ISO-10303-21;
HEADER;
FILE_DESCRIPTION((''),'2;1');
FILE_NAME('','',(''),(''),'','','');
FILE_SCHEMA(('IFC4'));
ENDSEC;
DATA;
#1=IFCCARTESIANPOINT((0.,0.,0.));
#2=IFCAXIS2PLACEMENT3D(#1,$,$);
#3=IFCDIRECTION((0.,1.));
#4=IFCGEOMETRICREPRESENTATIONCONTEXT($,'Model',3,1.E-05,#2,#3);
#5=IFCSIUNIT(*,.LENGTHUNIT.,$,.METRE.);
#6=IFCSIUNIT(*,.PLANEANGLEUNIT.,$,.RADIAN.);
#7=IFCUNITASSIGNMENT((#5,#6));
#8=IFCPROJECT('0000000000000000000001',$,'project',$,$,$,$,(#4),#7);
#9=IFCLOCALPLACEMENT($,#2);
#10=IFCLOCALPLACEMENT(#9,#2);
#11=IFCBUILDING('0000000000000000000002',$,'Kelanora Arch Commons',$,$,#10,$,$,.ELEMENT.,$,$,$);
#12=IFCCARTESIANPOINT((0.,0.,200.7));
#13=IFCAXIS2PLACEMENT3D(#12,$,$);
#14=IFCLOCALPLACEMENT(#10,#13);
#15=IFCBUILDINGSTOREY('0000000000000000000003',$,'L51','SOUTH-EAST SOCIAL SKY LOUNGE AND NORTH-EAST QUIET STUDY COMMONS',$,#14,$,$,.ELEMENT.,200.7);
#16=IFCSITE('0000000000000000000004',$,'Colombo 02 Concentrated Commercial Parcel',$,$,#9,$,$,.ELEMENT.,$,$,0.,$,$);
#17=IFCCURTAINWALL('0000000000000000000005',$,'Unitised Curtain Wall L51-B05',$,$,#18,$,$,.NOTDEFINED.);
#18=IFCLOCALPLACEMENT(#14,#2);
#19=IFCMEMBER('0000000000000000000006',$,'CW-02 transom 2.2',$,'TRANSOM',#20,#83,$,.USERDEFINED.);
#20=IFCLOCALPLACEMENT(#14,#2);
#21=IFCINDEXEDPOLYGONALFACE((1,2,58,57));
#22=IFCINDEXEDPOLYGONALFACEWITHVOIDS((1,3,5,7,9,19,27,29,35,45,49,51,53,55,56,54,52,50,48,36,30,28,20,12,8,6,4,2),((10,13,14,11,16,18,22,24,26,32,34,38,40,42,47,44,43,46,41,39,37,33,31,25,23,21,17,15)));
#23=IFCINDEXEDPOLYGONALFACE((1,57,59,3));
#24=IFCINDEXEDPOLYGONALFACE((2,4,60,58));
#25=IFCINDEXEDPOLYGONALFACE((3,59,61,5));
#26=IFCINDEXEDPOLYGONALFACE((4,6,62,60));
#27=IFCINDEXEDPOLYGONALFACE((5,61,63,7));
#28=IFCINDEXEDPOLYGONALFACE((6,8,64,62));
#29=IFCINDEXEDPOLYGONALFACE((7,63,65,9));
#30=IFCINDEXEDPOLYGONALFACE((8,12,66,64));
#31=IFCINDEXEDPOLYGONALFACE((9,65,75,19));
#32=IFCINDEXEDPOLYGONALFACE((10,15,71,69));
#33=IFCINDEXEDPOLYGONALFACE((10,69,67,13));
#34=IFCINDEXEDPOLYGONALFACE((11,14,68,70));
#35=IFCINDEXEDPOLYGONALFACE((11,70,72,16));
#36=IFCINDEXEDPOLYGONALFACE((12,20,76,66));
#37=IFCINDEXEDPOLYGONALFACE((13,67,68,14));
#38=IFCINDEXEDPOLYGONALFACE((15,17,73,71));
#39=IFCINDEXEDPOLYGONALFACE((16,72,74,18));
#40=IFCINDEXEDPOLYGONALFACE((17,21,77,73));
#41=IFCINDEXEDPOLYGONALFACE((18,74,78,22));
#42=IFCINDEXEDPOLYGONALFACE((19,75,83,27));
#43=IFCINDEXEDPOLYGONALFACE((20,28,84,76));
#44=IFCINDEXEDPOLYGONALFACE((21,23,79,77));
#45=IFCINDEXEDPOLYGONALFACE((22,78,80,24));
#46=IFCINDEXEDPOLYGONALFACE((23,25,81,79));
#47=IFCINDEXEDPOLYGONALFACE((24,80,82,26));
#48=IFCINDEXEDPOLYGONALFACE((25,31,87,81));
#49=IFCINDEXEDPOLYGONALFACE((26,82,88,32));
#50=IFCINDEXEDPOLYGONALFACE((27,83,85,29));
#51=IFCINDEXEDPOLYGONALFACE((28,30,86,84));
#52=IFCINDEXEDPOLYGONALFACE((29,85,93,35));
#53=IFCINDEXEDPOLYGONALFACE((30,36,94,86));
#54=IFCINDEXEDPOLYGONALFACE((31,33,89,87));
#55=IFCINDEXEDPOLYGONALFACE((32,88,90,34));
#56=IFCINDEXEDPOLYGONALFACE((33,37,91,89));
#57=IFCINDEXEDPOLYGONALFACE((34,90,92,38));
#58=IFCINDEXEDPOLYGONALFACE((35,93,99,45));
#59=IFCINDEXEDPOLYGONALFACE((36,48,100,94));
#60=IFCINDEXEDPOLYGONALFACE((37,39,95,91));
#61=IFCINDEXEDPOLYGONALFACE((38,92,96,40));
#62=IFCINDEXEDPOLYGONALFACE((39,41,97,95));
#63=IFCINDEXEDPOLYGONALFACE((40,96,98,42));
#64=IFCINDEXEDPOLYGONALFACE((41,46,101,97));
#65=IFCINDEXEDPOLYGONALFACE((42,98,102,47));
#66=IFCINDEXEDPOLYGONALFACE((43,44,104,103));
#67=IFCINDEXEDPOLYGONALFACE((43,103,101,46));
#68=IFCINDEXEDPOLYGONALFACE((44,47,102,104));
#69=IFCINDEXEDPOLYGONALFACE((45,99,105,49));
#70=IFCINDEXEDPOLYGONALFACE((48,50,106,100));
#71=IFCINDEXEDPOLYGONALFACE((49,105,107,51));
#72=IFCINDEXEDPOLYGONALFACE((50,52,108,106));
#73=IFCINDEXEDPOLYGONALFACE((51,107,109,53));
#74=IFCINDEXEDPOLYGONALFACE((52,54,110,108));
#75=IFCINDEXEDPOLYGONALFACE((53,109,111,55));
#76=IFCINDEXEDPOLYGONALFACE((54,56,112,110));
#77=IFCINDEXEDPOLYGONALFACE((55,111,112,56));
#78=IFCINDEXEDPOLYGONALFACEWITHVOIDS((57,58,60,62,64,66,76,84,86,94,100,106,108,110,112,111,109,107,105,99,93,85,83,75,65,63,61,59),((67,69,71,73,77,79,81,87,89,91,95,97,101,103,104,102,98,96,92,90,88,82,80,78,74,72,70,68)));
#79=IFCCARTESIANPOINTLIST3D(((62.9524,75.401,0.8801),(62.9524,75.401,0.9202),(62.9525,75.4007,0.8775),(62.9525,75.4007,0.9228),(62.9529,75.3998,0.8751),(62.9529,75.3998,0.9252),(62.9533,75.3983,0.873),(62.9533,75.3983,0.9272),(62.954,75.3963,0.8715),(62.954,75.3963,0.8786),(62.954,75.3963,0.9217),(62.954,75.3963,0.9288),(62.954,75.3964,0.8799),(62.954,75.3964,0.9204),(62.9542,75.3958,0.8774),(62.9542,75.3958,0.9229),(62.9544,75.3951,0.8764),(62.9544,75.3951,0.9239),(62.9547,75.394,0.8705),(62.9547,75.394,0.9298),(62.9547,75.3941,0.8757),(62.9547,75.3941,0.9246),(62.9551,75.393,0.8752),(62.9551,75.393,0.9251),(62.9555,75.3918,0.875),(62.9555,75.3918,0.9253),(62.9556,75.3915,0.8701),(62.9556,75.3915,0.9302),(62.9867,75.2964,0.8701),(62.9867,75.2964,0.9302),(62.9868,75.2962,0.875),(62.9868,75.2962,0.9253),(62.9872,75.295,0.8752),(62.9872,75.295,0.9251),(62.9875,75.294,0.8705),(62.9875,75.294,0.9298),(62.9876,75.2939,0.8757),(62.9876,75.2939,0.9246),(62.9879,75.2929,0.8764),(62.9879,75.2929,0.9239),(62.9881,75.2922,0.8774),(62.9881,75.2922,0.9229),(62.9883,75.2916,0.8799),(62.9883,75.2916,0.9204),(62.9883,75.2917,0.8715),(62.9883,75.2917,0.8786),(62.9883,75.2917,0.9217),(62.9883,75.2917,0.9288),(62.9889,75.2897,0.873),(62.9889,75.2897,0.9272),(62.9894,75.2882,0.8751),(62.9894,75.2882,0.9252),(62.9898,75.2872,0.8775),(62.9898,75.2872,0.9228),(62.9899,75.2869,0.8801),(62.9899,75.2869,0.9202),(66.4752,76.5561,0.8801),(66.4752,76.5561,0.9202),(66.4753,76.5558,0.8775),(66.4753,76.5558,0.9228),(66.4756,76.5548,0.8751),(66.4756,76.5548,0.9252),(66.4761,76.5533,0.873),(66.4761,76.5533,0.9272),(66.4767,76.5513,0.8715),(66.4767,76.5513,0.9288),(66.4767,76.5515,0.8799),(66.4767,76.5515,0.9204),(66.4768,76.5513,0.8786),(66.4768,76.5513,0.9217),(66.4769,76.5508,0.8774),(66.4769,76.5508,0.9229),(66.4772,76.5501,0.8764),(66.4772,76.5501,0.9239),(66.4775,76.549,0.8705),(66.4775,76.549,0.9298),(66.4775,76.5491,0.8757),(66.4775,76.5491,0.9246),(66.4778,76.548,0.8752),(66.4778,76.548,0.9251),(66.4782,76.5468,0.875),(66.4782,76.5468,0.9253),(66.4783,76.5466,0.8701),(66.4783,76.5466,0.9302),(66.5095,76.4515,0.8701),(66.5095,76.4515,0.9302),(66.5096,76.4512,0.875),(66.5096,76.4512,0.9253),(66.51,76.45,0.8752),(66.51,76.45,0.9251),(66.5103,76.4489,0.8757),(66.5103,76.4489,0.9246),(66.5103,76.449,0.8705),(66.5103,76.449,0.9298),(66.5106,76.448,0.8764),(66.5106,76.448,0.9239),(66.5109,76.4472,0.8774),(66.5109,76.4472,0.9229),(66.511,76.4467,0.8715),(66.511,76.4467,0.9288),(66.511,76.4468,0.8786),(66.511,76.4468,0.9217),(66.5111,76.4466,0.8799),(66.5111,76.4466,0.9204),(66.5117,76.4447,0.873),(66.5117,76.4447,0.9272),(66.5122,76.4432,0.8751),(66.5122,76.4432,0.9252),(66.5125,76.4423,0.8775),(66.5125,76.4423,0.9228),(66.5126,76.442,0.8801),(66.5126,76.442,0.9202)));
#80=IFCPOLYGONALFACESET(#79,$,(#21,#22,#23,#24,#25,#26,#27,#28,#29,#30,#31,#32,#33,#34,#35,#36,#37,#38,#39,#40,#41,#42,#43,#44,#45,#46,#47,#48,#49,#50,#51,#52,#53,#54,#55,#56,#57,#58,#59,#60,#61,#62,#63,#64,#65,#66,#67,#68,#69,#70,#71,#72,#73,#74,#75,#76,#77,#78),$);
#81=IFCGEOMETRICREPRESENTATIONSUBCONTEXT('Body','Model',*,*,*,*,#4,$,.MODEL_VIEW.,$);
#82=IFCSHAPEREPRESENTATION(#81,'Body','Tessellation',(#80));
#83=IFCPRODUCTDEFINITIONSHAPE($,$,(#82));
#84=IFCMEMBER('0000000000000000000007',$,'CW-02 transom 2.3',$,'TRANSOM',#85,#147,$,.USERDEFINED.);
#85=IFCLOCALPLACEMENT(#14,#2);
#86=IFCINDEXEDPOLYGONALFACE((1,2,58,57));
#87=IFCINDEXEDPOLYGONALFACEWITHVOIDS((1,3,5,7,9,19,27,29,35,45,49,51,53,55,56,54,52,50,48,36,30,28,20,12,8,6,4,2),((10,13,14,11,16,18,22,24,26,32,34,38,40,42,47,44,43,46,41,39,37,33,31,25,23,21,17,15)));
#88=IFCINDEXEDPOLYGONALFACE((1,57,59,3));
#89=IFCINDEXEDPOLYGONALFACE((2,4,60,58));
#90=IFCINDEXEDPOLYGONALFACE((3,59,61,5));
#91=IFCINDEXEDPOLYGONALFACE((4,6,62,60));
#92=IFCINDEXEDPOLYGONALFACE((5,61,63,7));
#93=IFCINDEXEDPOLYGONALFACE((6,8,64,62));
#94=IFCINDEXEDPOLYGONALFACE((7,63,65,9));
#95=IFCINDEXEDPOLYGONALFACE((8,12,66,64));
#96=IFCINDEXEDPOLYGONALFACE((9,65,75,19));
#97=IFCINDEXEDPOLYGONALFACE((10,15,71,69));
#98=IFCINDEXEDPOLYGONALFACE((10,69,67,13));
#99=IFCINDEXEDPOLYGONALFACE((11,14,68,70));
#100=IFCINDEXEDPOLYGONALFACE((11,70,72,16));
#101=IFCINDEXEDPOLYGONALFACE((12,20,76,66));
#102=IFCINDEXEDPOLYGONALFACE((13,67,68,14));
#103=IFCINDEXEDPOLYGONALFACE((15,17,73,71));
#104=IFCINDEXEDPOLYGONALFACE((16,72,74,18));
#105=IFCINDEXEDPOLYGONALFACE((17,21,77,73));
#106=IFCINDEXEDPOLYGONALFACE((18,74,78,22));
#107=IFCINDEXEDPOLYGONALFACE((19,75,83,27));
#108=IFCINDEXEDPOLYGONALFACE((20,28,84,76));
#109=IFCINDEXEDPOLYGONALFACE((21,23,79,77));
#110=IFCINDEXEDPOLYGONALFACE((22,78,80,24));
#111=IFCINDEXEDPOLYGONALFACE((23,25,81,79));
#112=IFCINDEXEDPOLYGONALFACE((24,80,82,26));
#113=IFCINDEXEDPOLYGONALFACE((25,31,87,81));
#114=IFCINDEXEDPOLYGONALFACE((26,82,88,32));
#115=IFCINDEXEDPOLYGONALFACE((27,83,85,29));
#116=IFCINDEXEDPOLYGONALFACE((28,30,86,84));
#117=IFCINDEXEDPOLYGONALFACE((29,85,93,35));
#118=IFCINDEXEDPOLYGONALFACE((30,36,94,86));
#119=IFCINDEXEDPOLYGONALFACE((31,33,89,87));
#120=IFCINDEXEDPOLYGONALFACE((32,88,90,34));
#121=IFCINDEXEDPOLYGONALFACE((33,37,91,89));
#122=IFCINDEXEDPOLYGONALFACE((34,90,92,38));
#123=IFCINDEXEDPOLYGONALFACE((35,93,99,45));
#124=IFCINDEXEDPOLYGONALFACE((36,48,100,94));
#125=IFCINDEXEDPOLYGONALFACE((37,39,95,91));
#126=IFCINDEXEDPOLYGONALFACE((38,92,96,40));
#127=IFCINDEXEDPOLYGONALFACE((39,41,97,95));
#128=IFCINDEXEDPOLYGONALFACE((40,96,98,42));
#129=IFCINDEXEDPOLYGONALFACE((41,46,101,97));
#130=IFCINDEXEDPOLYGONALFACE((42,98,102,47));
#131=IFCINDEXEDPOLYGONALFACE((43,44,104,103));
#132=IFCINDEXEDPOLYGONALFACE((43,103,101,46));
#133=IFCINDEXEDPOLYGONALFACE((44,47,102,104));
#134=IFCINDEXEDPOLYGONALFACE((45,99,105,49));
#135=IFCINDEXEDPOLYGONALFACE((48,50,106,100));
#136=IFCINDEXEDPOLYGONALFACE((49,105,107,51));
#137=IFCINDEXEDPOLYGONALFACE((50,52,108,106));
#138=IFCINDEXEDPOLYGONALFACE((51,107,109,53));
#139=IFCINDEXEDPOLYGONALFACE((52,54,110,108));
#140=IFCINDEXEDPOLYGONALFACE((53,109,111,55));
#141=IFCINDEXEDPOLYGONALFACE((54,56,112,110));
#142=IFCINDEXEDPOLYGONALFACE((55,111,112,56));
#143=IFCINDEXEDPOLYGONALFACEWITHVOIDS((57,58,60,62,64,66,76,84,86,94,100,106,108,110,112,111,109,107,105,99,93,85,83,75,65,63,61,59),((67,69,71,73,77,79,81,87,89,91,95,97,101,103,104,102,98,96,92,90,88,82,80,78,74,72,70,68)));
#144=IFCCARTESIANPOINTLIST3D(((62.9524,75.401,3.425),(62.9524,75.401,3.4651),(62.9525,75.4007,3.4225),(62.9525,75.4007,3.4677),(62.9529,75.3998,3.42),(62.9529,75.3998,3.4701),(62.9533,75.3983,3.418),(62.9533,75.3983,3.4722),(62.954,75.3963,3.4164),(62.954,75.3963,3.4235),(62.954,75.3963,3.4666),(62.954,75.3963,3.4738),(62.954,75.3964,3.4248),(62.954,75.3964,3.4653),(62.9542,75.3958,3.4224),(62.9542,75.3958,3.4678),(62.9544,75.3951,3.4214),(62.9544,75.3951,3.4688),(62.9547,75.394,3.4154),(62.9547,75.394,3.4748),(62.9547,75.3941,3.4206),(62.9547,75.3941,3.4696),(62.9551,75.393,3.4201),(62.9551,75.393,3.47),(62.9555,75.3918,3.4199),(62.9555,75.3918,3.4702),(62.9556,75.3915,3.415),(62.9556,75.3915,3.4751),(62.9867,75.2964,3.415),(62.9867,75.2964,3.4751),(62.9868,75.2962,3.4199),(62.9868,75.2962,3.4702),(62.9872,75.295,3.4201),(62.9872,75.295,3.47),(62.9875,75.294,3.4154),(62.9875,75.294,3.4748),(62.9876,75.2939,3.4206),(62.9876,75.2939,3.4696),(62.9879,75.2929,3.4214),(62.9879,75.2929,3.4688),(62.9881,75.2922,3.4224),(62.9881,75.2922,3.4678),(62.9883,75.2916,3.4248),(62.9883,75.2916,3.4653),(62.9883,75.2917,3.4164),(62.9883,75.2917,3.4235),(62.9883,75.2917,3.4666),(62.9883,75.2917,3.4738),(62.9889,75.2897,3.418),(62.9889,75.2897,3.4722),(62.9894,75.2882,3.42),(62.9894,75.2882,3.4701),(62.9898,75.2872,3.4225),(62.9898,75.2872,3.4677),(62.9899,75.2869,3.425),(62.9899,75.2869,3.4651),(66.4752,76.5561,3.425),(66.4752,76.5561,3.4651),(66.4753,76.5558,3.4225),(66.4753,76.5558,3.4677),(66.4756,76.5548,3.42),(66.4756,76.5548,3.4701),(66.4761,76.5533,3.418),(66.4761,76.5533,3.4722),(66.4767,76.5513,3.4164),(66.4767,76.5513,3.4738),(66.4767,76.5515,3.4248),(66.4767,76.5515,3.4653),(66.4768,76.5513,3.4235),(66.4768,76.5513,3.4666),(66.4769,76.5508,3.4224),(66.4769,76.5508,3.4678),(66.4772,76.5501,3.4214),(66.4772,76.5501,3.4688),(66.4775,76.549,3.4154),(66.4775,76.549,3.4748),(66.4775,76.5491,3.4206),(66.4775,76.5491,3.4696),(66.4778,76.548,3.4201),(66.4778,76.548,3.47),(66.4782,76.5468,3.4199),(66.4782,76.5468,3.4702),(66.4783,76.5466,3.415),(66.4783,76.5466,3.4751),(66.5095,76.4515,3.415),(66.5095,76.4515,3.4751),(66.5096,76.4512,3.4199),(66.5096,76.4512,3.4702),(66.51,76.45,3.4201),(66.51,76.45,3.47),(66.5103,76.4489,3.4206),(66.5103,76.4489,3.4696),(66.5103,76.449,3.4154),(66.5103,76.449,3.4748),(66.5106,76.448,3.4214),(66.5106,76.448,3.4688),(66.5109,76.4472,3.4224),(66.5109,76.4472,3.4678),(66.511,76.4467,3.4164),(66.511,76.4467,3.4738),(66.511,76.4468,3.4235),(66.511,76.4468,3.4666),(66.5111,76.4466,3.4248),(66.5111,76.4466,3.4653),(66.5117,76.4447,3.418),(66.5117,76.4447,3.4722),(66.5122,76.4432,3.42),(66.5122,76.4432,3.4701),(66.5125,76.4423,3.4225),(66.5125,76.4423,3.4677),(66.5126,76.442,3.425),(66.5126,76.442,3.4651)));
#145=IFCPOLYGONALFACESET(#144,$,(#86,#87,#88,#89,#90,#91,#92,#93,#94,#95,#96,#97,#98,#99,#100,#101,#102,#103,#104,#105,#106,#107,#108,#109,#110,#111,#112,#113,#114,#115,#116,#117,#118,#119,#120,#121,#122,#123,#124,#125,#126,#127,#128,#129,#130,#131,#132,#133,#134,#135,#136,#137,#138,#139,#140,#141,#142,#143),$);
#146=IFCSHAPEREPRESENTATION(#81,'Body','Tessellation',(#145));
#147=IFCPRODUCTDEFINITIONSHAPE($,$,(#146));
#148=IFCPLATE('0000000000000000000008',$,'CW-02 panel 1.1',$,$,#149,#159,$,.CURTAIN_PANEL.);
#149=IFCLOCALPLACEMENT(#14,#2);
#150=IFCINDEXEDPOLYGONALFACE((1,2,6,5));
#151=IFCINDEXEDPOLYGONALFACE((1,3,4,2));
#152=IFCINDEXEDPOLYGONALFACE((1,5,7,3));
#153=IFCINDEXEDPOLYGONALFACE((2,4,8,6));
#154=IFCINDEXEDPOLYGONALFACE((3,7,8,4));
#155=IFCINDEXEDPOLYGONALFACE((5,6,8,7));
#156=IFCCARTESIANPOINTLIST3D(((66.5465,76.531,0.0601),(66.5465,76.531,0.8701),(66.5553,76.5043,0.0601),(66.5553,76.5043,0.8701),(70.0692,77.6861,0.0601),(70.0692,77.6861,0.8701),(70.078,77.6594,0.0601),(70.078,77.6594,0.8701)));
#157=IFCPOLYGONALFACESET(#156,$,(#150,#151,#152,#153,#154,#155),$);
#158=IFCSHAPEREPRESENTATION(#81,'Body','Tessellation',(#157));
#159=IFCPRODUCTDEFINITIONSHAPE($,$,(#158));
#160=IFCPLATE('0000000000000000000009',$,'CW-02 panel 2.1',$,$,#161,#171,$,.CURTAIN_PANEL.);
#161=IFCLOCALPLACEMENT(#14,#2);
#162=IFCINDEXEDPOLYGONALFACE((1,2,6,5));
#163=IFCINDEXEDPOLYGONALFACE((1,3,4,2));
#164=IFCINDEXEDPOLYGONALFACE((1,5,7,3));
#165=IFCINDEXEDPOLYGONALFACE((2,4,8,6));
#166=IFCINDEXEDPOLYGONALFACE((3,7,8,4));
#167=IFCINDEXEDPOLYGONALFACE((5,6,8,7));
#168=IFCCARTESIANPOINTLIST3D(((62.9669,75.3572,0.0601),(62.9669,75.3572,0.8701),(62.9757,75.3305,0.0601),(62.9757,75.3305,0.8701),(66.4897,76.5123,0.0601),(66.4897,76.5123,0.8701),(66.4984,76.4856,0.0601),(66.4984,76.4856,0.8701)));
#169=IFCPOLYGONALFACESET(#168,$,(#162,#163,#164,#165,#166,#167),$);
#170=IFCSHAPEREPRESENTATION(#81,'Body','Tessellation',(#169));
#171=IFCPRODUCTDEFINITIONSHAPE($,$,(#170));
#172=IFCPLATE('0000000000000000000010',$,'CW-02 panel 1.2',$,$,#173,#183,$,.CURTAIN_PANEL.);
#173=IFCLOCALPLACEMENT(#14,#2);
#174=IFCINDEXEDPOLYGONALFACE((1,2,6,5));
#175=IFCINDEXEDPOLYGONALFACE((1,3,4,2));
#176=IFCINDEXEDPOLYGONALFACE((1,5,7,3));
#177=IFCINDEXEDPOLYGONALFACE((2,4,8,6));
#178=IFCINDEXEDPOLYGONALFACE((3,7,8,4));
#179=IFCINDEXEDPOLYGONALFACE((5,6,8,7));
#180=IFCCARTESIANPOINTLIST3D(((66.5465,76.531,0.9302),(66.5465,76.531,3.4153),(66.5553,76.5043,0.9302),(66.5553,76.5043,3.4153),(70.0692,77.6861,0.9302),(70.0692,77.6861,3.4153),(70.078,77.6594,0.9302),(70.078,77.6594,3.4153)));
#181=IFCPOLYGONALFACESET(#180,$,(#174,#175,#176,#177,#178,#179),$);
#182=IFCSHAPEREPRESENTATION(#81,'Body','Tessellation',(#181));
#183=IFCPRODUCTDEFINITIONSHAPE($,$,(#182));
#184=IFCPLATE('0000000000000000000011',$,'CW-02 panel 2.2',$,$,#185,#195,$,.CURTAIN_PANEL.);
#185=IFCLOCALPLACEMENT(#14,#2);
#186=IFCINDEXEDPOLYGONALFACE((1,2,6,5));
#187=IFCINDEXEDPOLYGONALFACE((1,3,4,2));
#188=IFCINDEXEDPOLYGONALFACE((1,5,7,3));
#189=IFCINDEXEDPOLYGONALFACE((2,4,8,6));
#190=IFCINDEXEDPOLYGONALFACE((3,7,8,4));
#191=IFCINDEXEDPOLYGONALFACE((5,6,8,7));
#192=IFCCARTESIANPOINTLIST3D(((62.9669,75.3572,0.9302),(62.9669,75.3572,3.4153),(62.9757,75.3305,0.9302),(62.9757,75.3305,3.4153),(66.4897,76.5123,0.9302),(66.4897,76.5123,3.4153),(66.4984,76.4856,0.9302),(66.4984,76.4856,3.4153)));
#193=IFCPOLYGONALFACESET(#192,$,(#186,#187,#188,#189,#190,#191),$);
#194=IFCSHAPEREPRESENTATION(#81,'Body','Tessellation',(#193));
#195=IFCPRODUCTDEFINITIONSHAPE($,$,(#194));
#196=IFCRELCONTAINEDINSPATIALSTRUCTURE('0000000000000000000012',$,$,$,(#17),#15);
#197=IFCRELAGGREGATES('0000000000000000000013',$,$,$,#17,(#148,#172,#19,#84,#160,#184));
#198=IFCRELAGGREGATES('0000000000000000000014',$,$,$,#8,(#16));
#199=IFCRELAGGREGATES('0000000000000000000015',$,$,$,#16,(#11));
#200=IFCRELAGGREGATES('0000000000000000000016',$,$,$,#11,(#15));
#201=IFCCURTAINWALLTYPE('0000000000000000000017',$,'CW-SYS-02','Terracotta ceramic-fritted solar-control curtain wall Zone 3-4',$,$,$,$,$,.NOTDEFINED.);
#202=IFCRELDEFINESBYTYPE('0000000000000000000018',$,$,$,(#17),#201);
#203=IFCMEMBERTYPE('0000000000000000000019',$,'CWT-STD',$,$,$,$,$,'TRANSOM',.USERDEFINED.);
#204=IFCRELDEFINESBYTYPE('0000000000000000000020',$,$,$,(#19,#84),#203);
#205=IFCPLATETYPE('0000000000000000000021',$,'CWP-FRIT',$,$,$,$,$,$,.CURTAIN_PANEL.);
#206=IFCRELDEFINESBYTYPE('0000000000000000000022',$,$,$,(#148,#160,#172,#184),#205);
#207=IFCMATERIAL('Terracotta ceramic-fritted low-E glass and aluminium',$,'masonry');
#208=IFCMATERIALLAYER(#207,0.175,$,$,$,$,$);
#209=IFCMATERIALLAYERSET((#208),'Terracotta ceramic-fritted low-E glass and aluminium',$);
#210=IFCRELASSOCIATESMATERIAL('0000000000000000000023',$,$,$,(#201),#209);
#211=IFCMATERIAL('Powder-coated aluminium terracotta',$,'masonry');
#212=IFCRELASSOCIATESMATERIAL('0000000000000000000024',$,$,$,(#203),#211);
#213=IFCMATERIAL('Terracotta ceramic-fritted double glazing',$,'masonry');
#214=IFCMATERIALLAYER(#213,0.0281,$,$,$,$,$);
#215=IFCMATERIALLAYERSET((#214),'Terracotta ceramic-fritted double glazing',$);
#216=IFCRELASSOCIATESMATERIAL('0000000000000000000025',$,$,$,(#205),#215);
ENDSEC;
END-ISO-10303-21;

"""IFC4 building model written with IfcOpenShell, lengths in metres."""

from ifc_helpers import new_model, si_unit, direction, frame, origin, origin_2d, place, context, subcontext, project, spatial, rectangle, hollow_rectangle, extrude, source, transform, mapped, material, layer, layer_set, material_profile, profile_set, type_object, element, aggregate, save


model = new_model("IFC4")

# Units and contexts
model_context = context("Model", 3, precision=1e-05, world=origin(), true_north=direction((0.0, 1.0)))
body_context = subcontext(model_context, "Body", "Model", "MODEL_VIEW")
ifc_project = project(units=[si_unit("LENGTHUNIT", "METRE"), si_unit("PLANEANGLEUNIT", "RADIAN")], contexts=[model_context])

# Site, building, storey
site_placement = place(None, origin())
site = spatial("IfcSite", under=ifc_project, at=site_placement, Name="Colombo 02 Concentrated Commercial Parcel", CompositionType="ELEMENT", RefElevation=0.0)
building_placement = place(site_placement, origin())
building = spatial("IfcBuilding", under=site, at=building_placement, Name="Kelanora Arch Commons", CompositionType="ELEMENT")
storey_placement = place(building_placement, frame((0.0, 0.0, 200.7)))
storey = spatial("IfcBuildingStorey", under=building, at=storey_placement, Name="L51", Description="SOUTH-EAST SOCIAL SKY LOUNGE AND NORTH-EAST QUIET STUDY COMMONS", CompositionType="ELEMENT", Elevation=200.7)

# Curtain wall, members, plates
ifc_material_1 = material(Name="Terracotta ceramic-fritted low-E glass and aluminium", Category="masonry")
ifc_layer_1 = layer(ifc_material_1, 0.175)
ifc_layer_set_1 = layer_set([ifc_layer_1], Name="Terracotta ceramic-fritted low-E glass and aluminium")
curtain_wall_type = type_object("IfcCurtainWallType", Name="CW-SYS-02", Description="Terracotta ceramic-fritted solar-control curtain wall Zone 3-4", PredefinedType="NOTDEFINED", material=ifc_layer_set_1)
curtain_wall_placement = place(storey_placement, origin())
curtain_wall = element("IfcCurtainWall", 1, at=curtain_wall_placement, inside=storey, type_object=curtain_wall_type, Name="Unitised Curtain Wall L51-B05", PredefinedType="NOTDEFINED")
ifc_material_2 = material(Name="Powder-coated aluminium terracotta", Category="masonry")
ifc_material_profile_1 = material_profile(ifc_material_2, hollow_rectangle(XDim=0.1201, YDim=0.0601, WallThickness=0.0049, InnerFilletRadius=0.0049, OuterFilletRadius=0.01, at=origin_2d()), Name="CWT120x60")
ifc_profile_set_1 = profile_set([ifc_material_profile_1], Name="Powder-coated aluminium terracotta")
member_type_1 = type_object("IfcMemberType", Name="CWT-STD", ElementType="TRANSOM", PredefinedType="USERDEFINED", material=ifc_profile_set_1)
member_1_placement = place(storey_placement, frame((66.4939, 76.499, 0.9001), z_axis=(-0.950226, -0.311561, 0.0), x_axis=(0.311561, -0.950226, 0.0)))
member_1 = element("IfcMember", 2, at=member_1_placement, type_object=member_type_1, Name="CW-02 transom 2.2", ObjectType="TRANSOM", PredefinedType="USERDEFINED", context=body_context, shape_type="SweptSolid", body=[
    extrude(hollow_rectangle(XDim=0.1201, YDim=0.0601, WallThickness=0.0049, InnerFilletRadius=0.0049, OuterFilletRadius=0.01, at=origin_2d()), origin(), (0.0, 0.0, 1.0), 3.7073),
])
member_2_placement = place(storey_placement, frame((66.4939, 76.499, 3.4451), z_axis=(-0.950226, -0.311561, 0.0), x_axis=(0.311561, -0.950226, 0.0)))
member_2 = element("IfcMember", 3, at=member_2_placement, type_object=member_type_1, Name="CW-02 transom 2.3", ObjectType="TRANSOM", PredefinedType="USERDEFINED", context=body_context, shape_type="SweptSolid", body=[
    extrude(hollow_rectangle(XDim=0.1201, YDim=0.0601, WallThickness=0.0049, InnerFilletRadius=0.0049, OuterFilletRadius=0.01, at=origin_2d()), origin(), (0.0, 0.0, 1.0), 3.7073),
])
ifc_material_3 = material(Name="Terracotta ceramic-fritted double glazing", Category="masonry")
ifc_layer_2 = layer(ifc_material_3, 0.0281)
ifc_layer_set_2 = layer_set([ifc_layer_2], Name="Terracotta ceramic-fritted double glazing")
plate_type = type_object("IfcPlateType", Name="CWP-FRIT", PredefinedType="CURTAIN_PANEL", material=ifc_layer_set_2)
shared_shape_1 = source(origin(), body_context, "Body", "SweptSolid", [
    extrude(rectangle(XDim=3.7073, YDim=0.0281, at=origin_2d()), origin(), (0.0, 0.0, 1.0), 0.8101),
])
plate_1_placement = place(storey_placement, frame((68.3123, 77.0952, 0.0601), z_axis=(0.0, 0.0, 1.0), x_axis=(-0.950219, -0.311582, 0.0)))
plate_1 = element("IfcPlate", 4, at=plate_1_placement, type_object=plate_type, Name="CW-02 panel 1.1", PredefinedType="CURTAIN_PANEL", context=body_context, shape_type="MappedRepresentation", body=[
    mapped(shared_shape_1, transform((0.0, 0.0, 0.0), scale=1.0)),
])
plate_2_placement = place(storey_placement, frame((64.7327, 75.9214, 0.0601), z_axis=(0.0, 0.0, 1.0), x_axis=(-0.950219, -0.311582, 0.0)))
plate_2 = element("IfcPlate", 5, at=plate_2_placement, type_object=plate_type, Name="CW-02 panel 2.1", PredefinedType="CURTAIN_PANEL", context=body_context, shape_type="MappedRepresentation", body=[
    mapped(shared_shape_1, transform((0.0, 0.0, 0.0), scale=1.0)),
])
shared_shape_2 = source(origin(), body_context, "Body", "SweptSolid", [
    extrude(rectangle(XDim=3.7073, YDim=0.0281, at=origin_2d()), origin(), (0.0, 0.0, 1.0), 2.4851),
])
plate_3_placement = place(storey_placement, frame((68.3123, 77.0952, 0.9302), z_axis=(0.0, 0.0, 1.0), x_axis=(-0.950219, -0.311582, 0.0)))
plate_3 = element("IfcPlate", 6, at=plate_3_placement, type_object=plate_type, Name="CW-02 panel 1.2", PredefinedType="CURTAIN_PANEL", context=body_context, shape_type="MappedRepresentation", body=[
    mapped(shared_shape_2, transform((0.0, 0.0, 0.0), scale=1.0)),
])
plate_4_placement = place(storey_placement, frame((64.7327, 75.9214, 0.9302), z_axis=(0.0, 0.0, 1.0), x_axis=(-0.950219, -0.311582, 0.0)))
plate_4 = element("IfcPlate", 7, at=plate_4_placement, type_object=plate_type, Name="CW-02 panel 2.2", PredefinedType="CURTAIN_PANEL", context=body_context, shape_type="MappedRepresentation", body=[
    mapped(shared_shape_2, transform((0.0, 0.0, 0.0), scale=1.0)),
])
aggregate(curtain_wall, [plate_1, plate_3, member_1, member_2, plate_2, plate_4])

save(model, "model.ifc")
